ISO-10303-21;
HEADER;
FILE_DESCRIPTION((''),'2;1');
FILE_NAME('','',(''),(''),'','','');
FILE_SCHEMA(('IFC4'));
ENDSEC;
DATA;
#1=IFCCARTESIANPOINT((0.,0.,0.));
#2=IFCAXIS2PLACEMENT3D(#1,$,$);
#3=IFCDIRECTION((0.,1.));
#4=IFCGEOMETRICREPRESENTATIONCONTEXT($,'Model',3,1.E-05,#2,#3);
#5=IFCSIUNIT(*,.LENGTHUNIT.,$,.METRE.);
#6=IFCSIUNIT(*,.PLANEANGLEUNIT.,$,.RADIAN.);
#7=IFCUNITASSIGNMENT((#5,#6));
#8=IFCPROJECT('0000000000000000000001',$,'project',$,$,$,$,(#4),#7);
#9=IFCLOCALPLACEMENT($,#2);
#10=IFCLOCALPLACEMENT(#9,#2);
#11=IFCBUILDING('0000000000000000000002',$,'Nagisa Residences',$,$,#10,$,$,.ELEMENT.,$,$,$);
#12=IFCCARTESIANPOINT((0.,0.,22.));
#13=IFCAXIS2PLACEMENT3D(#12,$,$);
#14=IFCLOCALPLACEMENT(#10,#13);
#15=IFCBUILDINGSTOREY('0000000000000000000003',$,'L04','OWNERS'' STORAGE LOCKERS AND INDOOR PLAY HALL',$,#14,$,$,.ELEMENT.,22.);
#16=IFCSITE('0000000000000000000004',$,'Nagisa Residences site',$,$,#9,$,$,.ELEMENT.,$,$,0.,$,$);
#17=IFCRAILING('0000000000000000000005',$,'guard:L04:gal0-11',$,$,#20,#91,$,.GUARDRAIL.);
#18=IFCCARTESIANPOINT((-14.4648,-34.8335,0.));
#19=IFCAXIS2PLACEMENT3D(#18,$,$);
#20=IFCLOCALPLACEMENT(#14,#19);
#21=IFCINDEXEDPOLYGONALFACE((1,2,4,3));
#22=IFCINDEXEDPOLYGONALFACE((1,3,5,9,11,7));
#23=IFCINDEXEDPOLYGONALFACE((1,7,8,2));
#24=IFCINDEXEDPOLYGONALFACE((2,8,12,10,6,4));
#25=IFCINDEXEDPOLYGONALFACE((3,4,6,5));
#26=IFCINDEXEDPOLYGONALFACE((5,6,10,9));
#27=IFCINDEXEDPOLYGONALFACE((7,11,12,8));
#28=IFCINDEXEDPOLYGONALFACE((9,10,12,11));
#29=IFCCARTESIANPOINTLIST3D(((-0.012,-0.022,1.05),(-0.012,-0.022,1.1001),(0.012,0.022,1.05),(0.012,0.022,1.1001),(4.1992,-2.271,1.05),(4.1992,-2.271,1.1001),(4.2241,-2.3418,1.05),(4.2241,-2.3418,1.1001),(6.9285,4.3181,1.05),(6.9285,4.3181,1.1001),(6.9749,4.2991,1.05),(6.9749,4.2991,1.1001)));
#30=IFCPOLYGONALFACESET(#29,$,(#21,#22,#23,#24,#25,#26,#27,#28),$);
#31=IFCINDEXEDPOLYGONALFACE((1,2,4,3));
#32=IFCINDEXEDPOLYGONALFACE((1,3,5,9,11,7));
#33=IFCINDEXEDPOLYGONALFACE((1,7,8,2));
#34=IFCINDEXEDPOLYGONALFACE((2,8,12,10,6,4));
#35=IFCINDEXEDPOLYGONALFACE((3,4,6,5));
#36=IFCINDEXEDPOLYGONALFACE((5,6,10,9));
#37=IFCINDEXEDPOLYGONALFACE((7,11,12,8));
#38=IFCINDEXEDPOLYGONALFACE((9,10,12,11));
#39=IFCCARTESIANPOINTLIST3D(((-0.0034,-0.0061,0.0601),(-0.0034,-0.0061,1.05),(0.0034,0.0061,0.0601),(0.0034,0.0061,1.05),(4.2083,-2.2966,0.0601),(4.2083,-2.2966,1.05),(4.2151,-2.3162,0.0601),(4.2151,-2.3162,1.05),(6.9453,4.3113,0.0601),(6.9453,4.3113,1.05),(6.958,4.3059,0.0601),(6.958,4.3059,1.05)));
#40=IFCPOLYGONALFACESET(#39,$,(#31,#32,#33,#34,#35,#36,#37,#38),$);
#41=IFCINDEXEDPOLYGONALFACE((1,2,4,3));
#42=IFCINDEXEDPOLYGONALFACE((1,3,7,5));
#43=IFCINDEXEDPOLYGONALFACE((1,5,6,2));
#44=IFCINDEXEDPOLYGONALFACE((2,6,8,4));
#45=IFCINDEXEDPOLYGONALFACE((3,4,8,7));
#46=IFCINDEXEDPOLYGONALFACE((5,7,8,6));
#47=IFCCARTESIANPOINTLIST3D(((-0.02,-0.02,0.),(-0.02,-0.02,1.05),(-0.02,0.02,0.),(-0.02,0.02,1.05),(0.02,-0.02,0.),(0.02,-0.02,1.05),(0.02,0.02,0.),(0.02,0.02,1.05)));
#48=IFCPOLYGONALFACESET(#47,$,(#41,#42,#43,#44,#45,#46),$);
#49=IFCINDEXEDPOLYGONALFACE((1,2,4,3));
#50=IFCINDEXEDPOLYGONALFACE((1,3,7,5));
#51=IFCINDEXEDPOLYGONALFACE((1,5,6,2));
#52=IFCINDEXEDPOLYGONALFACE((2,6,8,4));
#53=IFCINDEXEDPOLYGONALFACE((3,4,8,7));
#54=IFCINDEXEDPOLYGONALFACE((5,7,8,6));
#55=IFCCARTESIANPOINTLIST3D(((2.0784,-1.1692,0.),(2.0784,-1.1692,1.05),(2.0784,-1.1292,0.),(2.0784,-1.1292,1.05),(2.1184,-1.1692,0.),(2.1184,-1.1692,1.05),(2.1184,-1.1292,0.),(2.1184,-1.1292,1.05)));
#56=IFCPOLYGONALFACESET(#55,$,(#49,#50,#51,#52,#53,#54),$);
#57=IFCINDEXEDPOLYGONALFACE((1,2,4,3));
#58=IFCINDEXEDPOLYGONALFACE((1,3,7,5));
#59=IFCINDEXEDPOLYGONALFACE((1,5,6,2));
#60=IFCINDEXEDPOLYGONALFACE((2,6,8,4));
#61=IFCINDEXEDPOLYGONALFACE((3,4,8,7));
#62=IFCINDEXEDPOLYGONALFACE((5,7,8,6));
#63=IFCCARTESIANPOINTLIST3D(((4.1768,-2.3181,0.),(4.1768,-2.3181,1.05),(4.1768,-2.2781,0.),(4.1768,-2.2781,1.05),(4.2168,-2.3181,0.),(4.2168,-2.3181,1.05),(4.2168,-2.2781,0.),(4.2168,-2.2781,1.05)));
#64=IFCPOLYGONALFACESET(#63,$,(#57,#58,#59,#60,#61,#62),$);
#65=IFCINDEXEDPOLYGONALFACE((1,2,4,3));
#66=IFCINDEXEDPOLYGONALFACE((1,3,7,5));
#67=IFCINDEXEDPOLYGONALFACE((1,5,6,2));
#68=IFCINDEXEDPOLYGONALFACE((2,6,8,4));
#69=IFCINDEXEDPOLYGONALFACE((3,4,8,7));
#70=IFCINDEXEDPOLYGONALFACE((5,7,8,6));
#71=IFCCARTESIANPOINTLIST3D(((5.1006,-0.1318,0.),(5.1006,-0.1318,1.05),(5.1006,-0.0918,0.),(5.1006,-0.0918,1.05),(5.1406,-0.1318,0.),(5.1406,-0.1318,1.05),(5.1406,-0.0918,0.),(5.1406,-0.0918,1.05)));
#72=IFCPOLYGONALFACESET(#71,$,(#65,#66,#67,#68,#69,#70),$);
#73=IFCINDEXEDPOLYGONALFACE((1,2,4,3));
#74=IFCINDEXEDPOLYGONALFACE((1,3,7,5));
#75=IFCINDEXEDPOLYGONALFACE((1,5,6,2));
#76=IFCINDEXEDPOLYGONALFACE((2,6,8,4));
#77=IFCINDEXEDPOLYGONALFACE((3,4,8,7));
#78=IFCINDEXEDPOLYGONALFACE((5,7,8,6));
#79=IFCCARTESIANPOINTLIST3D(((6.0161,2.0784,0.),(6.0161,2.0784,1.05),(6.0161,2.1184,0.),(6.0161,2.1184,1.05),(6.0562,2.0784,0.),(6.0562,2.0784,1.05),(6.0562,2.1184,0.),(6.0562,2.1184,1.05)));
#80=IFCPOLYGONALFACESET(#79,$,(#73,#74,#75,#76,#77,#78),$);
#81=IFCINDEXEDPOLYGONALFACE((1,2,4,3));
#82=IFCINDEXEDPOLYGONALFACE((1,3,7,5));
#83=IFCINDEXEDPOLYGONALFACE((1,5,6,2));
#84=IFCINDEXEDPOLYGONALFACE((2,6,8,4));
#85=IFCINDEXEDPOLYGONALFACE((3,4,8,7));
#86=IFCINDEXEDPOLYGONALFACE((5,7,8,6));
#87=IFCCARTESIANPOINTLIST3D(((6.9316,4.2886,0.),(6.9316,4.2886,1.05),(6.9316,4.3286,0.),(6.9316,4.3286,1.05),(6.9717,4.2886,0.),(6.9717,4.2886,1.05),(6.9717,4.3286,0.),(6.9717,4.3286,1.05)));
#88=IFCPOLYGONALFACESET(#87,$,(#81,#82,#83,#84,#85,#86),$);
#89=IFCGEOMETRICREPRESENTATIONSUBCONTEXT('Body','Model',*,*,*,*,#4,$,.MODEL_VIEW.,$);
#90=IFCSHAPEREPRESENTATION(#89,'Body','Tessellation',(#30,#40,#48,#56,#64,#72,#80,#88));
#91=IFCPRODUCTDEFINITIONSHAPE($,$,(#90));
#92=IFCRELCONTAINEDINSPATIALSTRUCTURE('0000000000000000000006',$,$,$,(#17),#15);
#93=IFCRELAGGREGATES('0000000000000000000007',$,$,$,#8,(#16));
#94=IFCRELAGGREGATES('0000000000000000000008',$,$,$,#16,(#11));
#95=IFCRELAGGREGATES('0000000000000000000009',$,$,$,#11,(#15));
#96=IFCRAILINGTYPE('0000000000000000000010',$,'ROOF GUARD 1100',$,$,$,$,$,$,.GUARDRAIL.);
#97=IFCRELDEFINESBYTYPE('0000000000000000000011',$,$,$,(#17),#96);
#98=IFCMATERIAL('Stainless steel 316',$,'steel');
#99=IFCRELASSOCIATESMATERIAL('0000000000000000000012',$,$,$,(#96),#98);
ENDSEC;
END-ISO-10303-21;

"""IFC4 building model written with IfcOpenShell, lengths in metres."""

from ifc_helpers import new_model, si_unit, direction, frame, origin, origin_2d, place, context, subcontext, project, spatial, polyline, rectangle, outline, extrude, material, type_object, element, save


model = new_model("IFC4")

# Units and contexts
model_context = context("Model", 3, precision=1e-05, world=origin(), true_north=direction((0.0, 1.0)))
body_context = subcontext(model_context, "Body", "Model", "MODEL_VIEW")
ifc_project = project(units=[si_unit("LENGTHUNIT", "METRE"), si_unit("PLANEANGLEUNIT", "RADIAN")], contexts=[model_context])

# Site, building, storey
site_placement = place(None, origin())
site = spatial("IfcSite", under=ifc_project, at=site_placement, Name="Nagisa Residences site", CompositionType="ELEMENT", RefElevation=0.0)
building_placement = place(site_placement, origin())
building = spatial("IfcBuilding", under=site, at=building_placement, Name="Nagisa Residences", CompositionType="ELEMENT")
storey_placement = place(building_placement, frame((0.0, 0.0, 22.0)))
storey = spatial("IfcBuildingStorey", under=building, at=storey_placement, Name="L04", Description="OWNERS' STORAGE LOCKERS AND INDOOR PLAY HALL", CompositionType="ELEMENT", Elevation=22.0)

# Railing
ifc_material_1 = material(Name="Stainless steel 316", Category="steel")
railing_type = type_object("IfcRailingType", Name="ROOF GUARD 1100", PredefinedType="GUARDRAIL", material=ifc_material_1)
railing_placement = place(storey_placement, frame((-14.4648, -34.8335, 0.0)))
element("IfcRailing", 1, at=railing_placement, inside=storey, type_object=railing_type, Name="guard:L04:gal0-11", PredefinedType="GUARDRAIL", context=body_context, shape_type="SweptSolid", body=[
    extrude(outline(polyline([(4.1992, -2.271), (0.012, 0.022), (-0.012, -0.022), (4.2241, -2.3418), (6.9749, 4.2991), (6.9285, 4.3181), (4.1992, -2.271)])), frame((0.0, 0.0, 1.05)), (0.0, 0.0, 1.0), 0.05),
    extrude(outline(polyline([(4.2083, -2.2966), (0.0034, 0.0061), (-0.0034, -0.0061), (4.2151, -2.3162), (6.958, 4.3059), (6.9453, 4.3113), (4.2083, -2.2966)])), frame((0.0, 0.0, 0.0601)), (0.0, 0.0, 1.0), 0.99),
    extrude(rectangle(XDim=0.04, YDim=0.04, at=origin_2d()), origin(), (0.0, 0.0, 1.0), 1.05),
    extrude(rectangle(XDim=0.04, YDim=0.04, at=origin_2d()), frame((2.0984, -1.1492, 0.0)), (0.0, 0.0, 1.0), 1.05),
    extrude(rectangle(XDim=0.04, YDim=0.04, at=origin_2d()), frame((4.1968, -2.2981, 0.0)), (0.0, 0.0, 1.0), 1.05),
    extrude(rectangle(XDim=0.04, YDim=0.04, at=origin_2d()), frame((5.1206, -0.1118, 0.0)), (0.0, 0.0, 1.0), 1.05),
    extrude(rectangle(XDim=0.04, YDim=0.04, at=origin_2d()), frame((6.0361, 2.0984, 0.0)), (0.0, 0.0, 1.0), 1.05),
    extrude(rectangle(XDim=0.04, YDim=0.04, at=origin_2d()), frame((6.9517, 4.3086, 0.0)), (0.0, 0.0, 1.0), 1.05),
])

save(model, "model.ifc")
